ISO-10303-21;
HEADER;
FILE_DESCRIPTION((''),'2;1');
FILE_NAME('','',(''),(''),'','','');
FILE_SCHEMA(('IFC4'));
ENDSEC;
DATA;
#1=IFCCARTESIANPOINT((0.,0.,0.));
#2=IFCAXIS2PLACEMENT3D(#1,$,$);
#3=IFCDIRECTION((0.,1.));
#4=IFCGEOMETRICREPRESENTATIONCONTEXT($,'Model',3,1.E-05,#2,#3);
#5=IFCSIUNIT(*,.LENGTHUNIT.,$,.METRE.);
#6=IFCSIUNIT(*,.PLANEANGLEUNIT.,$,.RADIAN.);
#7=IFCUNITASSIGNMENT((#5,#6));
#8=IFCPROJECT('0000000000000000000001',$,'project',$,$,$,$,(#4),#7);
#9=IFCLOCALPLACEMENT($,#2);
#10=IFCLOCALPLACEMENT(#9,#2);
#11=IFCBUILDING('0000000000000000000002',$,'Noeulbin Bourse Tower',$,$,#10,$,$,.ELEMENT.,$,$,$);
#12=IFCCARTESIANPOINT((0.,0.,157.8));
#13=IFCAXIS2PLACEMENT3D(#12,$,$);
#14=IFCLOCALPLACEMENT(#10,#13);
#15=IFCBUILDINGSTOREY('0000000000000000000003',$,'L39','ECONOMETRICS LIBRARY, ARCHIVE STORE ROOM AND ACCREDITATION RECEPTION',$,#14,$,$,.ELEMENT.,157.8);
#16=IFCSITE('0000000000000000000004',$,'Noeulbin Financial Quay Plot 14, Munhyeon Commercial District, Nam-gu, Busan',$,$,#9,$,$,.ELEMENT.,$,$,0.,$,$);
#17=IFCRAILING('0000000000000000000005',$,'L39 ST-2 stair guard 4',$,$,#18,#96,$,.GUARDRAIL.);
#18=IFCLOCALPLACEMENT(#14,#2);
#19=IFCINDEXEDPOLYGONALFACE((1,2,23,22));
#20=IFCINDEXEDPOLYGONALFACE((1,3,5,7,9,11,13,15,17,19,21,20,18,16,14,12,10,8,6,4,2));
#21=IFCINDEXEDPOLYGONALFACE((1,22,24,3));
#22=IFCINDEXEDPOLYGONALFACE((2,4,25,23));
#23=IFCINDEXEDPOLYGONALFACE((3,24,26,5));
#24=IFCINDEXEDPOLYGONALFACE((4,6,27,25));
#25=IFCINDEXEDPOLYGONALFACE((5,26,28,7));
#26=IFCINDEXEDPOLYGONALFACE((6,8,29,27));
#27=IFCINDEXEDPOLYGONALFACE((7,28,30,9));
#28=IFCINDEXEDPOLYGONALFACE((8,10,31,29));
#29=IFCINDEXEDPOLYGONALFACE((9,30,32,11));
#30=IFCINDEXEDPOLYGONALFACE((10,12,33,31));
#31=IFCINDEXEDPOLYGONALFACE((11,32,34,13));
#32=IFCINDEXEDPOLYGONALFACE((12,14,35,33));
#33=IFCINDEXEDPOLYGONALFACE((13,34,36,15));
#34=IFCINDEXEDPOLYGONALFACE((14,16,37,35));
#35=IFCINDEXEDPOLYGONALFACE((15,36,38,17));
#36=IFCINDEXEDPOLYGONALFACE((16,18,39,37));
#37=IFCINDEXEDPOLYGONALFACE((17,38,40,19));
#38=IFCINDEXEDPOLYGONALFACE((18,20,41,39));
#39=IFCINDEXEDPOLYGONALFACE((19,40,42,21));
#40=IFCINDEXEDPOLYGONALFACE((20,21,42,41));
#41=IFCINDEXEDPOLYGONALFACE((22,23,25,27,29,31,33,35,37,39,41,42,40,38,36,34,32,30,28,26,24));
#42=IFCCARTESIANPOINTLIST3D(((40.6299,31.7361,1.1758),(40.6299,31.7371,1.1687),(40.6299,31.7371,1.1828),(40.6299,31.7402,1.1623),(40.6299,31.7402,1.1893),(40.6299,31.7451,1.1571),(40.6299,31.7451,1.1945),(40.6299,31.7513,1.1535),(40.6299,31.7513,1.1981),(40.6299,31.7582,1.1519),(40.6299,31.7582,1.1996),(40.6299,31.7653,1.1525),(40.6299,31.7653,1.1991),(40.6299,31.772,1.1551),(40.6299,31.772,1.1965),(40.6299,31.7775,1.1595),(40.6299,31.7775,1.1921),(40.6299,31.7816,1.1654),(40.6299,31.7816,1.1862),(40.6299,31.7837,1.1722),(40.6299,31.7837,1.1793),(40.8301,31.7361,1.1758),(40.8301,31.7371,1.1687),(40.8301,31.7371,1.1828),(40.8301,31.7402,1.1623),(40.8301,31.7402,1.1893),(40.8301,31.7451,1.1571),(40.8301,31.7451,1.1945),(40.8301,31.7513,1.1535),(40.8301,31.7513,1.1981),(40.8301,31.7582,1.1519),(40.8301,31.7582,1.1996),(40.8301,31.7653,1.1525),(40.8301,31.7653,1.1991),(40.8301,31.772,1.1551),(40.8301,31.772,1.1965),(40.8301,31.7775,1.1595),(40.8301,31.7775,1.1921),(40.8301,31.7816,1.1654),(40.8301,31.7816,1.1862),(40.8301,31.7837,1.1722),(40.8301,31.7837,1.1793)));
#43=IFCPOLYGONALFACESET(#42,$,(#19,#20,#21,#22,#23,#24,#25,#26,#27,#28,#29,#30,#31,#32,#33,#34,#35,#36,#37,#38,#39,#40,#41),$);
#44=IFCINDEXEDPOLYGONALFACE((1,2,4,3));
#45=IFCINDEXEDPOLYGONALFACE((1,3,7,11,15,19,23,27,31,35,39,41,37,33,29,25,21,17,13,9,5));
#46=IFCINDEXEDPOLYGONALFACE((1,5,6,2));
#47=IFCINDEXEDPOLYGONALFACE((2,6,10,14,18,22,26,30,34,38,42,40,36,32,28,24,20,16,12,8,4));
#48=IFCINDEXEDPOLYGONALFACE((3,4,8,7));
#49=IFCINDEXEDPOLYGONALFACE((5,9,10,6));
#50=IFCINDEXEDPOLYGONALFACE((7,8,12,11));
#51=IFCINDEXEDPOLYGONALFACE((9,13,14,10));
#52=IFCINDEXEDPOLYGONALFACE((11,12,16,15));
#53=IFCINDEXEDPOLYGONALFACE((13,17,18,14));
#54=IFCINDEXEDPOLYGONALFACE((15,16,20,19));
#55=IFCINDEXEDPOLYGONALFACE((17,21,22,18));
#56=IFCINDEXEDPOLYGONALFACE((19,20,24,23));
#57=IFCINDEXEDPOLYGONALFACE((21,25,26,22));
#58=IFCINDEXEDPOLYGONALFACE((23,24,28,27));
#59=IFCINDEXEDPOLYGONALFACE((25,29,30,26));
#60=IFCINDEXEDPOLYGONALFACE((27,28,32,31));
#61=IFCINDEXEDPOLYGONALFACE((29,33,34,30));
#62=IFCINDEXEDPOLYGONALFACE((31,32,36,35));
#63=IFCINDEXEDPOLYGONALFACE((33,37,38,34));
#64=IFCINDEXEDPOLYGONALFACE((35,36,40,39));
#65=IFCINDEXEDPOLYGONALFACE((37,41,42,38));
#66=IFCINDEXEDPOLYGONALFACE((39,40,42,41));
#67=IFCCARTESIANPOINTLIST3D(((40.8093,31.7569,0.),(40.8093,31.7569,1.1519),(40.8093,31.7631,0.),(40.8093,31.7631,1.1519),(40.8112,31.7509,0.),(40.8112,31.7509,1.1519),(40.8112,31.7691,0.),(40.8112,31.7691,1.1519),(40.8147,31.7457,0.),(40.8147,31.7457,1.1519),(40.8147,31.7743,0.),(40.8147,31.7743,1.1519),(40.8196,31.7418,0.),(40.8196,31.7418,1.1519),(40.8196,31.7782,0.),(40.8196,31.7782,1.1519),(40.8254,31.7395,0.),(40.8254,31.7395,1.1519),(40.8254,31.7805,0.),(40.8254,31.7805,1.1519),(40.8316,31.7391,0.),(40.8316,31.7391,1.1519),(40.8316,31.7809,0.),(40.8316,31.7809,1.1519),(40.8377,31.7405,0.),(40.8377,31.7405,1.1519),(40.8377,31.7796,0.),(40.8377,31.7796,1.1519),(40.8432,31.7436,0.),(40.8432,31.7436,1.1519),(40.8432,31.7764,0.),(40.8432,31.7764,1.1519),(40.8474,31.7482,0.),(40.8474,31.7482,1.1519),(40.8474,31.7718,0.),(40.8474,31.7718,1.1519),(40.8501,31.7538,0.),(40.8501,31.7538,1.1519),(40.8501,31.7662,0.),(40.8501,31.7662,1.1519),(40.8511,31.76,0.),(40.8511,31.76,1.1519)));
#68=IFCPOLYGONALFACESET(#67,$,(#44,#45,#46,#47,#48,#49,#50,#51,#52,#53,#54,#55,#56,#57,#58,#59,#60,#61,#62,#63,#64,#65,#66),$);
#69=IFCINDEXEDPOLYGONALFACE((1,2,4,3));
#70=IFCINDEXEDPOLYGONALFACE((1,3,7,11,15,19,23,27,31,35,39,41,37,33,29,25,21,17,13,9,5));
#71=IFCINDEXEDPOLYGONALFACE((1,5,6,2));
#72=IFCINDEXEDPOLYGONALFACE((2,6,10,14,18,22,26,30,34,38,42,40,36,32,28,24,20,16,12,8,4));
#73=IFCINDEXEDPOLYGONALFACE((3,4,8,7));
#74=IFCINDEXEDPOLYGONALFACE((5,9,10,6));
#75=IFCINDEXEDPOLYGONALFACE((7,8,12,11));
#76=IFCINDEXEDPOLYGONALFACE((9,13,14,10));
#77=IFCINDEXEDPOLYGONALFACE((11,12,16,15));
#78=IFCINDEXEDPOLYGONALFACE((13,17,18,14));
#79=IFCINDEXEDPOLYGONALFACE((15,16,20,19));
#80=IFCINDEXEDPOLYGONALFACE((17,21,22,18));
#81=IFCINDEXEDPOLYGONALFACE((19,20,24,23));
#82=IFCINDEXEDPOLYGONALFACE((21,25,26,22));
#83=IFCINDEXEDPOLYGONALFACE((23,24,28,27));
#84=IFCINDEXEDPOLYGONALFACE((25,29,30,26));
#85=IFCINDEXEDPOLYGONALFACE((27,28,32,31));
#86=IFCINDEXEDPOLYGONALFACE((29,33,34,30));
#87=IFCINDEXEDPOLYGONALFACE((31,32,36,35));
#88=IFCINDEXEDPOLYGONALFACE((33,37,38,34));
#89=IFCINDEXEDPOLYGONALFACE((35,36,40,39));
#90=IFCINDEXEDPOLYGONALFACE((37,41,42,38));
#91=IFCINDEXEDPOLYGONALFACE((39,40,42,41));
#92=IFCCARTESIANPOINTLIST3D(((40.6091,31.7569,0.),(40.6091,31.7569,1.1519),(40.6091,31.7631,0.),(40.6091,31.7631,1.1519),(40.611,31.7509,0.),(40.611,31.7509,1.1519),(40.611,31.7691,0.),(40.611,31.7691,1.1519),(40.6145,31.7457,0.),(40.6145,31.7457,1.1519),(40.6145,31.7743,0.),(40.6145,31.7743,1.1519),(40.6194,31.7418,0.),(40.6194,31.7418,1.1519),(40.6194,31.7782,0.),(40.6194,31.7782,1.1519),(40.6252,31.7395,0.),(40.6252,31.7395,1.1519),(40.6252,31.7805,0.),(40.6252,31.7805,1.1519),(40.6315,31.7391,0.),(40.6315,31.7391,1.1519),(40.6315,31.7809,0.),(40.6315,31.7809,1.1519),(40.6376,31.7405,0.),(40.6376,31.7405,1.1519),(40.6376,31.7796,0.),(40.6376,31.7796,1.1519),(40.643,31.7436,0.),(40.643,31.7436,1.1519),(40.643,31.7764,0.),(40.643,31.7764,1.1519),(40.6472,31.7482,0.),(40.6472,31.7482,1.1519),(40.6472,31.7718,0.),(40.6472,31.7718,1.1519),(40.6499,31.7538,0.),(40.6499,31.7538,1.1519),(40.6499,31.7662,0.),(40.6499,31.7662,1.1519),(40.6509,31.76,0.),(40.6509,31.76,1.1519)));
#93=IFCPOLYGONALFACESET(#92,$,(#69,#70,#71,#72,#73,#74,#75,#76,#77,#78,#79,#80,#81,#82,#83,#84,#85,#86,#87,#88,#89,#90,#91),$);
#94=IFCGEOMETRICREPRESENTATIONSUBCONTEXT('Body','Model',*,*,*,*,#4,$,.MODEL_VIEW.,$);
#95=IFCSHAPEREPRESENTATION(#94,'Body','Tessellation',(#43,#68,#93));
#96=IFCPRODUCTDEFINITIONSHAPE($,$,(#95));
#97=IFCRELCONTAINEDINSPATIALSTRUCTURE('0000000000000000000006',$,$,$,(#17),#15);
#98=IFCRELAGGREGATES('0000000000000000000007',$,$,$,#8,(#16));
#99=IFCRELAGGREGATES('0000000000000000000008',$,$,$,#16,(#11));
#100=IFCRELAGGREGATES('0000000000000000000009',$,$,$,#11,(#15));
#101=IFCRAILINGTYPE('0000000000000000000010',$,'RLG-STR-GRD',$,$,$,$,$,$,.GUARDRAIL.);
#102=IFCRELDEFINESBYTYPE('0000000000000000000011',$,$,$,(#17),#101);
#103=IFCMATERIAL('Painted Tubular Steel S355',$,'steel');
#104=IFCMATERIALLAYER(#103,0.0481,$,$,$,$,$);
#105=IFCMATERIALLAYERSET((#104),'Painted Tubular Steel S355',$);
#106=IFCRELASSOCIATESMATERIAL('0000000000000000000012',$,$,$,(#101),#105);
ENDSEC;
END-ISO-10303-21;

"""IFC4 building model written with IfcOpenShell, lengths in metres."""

from ifc_helpers import new_model, si_unit, direction, frame, origin, origin_2d, place, context, subcontext, project, spatial, circle, extrude, material, layer, layer_set, type_object, element, save


model = new_model("IFC4")

# Units and contexts
model_context = context("Model", 3, precision=1e-05, world=origin(), true_north=direction((0.0, 1.0)))
body_context = subcontext(model_context, "Body", "Model", "MODEL_VIEW")
ifc_project = project(units=[si_unit("LENGTHUNIT", "METRE"), si_unit("PLANEANGLEUNIT", "RADIAN")], contexts=[model_context])

# Site, building, storey
site_placement = place(None, origin())
site = spatial("IfcSite", under=ifc_project, at=site_placement, Name="Noeulbin Financial Quay Plot 14, Munhyeon Commercial District, Nam-gu, Busan", CompositionType="ELEMENT", RefElevation=0.0)
building_placement = place(site_placement, origin())
building = spatial("IfcBuilding", under=site, at=building_placement, Name="Noeulbin Bourse Tower", CompositionType="ELEMENT")
storey_placement = place(building_placement, frame((0.0, 0.0, 157.8)))
storey = spatial("IfcBuildingStorey", under=building, at=storey_placement, Name="L39", Description="ECONOMETRICS LIBRARY, ARCHIVE STORE ROOM AND ACCREDITATION RECEPTION", CompositionType="ELEMENT", Elevation=157.8)

# Railing
ifc_material_1 = material(Name="Painted Tubular Steel S355", Category="steel")
ifc_layer_1 = layer(ifc_material_1, 0.0481)
ifc_layer_set_1 = layer_set([ifc_layer_1], Name="Painted Tubular Steel S355")
railing_type_1 = type_object("IfcRailingType", Name="RLG-STR-GRD", PredefinedType="GUARDRAIL", material=ifc_layer_set_1)
railing_1_placement = place(storey_placement, frame((40.8301, 31.76, 0.0)))
element("IfcRailing", 1, at=railing_1_placement, inside=storey, type_object=railing_type_1, Name="L39 ST-2 stair guard 4", PredefinedType="GUARDRAIL", context=body_context, shape_type="SweptSolid", body=[
    extrude(circle(Radius=0.0239, at=origin_2d()), frame((0.0, 0.0, 1.1758), z_axis=(-1.0, 0.0, 0.0), x_axis=(0.0, -1.0, 0.0)), (0.0, 0.0, 1.0), 0.2002),
    extrude(circle(Radius=0.021, at=origin_2d()), origin(), (0.0, 0.0, 1.0), 1.1519),
    extrude(circle(Radius=0.021, at=origin_2d()), frame((-0.2002, 0.0, 0.0)), (0.0, 0.0, 1.0), 1.1519),
])

save(model, "model.ifc")
